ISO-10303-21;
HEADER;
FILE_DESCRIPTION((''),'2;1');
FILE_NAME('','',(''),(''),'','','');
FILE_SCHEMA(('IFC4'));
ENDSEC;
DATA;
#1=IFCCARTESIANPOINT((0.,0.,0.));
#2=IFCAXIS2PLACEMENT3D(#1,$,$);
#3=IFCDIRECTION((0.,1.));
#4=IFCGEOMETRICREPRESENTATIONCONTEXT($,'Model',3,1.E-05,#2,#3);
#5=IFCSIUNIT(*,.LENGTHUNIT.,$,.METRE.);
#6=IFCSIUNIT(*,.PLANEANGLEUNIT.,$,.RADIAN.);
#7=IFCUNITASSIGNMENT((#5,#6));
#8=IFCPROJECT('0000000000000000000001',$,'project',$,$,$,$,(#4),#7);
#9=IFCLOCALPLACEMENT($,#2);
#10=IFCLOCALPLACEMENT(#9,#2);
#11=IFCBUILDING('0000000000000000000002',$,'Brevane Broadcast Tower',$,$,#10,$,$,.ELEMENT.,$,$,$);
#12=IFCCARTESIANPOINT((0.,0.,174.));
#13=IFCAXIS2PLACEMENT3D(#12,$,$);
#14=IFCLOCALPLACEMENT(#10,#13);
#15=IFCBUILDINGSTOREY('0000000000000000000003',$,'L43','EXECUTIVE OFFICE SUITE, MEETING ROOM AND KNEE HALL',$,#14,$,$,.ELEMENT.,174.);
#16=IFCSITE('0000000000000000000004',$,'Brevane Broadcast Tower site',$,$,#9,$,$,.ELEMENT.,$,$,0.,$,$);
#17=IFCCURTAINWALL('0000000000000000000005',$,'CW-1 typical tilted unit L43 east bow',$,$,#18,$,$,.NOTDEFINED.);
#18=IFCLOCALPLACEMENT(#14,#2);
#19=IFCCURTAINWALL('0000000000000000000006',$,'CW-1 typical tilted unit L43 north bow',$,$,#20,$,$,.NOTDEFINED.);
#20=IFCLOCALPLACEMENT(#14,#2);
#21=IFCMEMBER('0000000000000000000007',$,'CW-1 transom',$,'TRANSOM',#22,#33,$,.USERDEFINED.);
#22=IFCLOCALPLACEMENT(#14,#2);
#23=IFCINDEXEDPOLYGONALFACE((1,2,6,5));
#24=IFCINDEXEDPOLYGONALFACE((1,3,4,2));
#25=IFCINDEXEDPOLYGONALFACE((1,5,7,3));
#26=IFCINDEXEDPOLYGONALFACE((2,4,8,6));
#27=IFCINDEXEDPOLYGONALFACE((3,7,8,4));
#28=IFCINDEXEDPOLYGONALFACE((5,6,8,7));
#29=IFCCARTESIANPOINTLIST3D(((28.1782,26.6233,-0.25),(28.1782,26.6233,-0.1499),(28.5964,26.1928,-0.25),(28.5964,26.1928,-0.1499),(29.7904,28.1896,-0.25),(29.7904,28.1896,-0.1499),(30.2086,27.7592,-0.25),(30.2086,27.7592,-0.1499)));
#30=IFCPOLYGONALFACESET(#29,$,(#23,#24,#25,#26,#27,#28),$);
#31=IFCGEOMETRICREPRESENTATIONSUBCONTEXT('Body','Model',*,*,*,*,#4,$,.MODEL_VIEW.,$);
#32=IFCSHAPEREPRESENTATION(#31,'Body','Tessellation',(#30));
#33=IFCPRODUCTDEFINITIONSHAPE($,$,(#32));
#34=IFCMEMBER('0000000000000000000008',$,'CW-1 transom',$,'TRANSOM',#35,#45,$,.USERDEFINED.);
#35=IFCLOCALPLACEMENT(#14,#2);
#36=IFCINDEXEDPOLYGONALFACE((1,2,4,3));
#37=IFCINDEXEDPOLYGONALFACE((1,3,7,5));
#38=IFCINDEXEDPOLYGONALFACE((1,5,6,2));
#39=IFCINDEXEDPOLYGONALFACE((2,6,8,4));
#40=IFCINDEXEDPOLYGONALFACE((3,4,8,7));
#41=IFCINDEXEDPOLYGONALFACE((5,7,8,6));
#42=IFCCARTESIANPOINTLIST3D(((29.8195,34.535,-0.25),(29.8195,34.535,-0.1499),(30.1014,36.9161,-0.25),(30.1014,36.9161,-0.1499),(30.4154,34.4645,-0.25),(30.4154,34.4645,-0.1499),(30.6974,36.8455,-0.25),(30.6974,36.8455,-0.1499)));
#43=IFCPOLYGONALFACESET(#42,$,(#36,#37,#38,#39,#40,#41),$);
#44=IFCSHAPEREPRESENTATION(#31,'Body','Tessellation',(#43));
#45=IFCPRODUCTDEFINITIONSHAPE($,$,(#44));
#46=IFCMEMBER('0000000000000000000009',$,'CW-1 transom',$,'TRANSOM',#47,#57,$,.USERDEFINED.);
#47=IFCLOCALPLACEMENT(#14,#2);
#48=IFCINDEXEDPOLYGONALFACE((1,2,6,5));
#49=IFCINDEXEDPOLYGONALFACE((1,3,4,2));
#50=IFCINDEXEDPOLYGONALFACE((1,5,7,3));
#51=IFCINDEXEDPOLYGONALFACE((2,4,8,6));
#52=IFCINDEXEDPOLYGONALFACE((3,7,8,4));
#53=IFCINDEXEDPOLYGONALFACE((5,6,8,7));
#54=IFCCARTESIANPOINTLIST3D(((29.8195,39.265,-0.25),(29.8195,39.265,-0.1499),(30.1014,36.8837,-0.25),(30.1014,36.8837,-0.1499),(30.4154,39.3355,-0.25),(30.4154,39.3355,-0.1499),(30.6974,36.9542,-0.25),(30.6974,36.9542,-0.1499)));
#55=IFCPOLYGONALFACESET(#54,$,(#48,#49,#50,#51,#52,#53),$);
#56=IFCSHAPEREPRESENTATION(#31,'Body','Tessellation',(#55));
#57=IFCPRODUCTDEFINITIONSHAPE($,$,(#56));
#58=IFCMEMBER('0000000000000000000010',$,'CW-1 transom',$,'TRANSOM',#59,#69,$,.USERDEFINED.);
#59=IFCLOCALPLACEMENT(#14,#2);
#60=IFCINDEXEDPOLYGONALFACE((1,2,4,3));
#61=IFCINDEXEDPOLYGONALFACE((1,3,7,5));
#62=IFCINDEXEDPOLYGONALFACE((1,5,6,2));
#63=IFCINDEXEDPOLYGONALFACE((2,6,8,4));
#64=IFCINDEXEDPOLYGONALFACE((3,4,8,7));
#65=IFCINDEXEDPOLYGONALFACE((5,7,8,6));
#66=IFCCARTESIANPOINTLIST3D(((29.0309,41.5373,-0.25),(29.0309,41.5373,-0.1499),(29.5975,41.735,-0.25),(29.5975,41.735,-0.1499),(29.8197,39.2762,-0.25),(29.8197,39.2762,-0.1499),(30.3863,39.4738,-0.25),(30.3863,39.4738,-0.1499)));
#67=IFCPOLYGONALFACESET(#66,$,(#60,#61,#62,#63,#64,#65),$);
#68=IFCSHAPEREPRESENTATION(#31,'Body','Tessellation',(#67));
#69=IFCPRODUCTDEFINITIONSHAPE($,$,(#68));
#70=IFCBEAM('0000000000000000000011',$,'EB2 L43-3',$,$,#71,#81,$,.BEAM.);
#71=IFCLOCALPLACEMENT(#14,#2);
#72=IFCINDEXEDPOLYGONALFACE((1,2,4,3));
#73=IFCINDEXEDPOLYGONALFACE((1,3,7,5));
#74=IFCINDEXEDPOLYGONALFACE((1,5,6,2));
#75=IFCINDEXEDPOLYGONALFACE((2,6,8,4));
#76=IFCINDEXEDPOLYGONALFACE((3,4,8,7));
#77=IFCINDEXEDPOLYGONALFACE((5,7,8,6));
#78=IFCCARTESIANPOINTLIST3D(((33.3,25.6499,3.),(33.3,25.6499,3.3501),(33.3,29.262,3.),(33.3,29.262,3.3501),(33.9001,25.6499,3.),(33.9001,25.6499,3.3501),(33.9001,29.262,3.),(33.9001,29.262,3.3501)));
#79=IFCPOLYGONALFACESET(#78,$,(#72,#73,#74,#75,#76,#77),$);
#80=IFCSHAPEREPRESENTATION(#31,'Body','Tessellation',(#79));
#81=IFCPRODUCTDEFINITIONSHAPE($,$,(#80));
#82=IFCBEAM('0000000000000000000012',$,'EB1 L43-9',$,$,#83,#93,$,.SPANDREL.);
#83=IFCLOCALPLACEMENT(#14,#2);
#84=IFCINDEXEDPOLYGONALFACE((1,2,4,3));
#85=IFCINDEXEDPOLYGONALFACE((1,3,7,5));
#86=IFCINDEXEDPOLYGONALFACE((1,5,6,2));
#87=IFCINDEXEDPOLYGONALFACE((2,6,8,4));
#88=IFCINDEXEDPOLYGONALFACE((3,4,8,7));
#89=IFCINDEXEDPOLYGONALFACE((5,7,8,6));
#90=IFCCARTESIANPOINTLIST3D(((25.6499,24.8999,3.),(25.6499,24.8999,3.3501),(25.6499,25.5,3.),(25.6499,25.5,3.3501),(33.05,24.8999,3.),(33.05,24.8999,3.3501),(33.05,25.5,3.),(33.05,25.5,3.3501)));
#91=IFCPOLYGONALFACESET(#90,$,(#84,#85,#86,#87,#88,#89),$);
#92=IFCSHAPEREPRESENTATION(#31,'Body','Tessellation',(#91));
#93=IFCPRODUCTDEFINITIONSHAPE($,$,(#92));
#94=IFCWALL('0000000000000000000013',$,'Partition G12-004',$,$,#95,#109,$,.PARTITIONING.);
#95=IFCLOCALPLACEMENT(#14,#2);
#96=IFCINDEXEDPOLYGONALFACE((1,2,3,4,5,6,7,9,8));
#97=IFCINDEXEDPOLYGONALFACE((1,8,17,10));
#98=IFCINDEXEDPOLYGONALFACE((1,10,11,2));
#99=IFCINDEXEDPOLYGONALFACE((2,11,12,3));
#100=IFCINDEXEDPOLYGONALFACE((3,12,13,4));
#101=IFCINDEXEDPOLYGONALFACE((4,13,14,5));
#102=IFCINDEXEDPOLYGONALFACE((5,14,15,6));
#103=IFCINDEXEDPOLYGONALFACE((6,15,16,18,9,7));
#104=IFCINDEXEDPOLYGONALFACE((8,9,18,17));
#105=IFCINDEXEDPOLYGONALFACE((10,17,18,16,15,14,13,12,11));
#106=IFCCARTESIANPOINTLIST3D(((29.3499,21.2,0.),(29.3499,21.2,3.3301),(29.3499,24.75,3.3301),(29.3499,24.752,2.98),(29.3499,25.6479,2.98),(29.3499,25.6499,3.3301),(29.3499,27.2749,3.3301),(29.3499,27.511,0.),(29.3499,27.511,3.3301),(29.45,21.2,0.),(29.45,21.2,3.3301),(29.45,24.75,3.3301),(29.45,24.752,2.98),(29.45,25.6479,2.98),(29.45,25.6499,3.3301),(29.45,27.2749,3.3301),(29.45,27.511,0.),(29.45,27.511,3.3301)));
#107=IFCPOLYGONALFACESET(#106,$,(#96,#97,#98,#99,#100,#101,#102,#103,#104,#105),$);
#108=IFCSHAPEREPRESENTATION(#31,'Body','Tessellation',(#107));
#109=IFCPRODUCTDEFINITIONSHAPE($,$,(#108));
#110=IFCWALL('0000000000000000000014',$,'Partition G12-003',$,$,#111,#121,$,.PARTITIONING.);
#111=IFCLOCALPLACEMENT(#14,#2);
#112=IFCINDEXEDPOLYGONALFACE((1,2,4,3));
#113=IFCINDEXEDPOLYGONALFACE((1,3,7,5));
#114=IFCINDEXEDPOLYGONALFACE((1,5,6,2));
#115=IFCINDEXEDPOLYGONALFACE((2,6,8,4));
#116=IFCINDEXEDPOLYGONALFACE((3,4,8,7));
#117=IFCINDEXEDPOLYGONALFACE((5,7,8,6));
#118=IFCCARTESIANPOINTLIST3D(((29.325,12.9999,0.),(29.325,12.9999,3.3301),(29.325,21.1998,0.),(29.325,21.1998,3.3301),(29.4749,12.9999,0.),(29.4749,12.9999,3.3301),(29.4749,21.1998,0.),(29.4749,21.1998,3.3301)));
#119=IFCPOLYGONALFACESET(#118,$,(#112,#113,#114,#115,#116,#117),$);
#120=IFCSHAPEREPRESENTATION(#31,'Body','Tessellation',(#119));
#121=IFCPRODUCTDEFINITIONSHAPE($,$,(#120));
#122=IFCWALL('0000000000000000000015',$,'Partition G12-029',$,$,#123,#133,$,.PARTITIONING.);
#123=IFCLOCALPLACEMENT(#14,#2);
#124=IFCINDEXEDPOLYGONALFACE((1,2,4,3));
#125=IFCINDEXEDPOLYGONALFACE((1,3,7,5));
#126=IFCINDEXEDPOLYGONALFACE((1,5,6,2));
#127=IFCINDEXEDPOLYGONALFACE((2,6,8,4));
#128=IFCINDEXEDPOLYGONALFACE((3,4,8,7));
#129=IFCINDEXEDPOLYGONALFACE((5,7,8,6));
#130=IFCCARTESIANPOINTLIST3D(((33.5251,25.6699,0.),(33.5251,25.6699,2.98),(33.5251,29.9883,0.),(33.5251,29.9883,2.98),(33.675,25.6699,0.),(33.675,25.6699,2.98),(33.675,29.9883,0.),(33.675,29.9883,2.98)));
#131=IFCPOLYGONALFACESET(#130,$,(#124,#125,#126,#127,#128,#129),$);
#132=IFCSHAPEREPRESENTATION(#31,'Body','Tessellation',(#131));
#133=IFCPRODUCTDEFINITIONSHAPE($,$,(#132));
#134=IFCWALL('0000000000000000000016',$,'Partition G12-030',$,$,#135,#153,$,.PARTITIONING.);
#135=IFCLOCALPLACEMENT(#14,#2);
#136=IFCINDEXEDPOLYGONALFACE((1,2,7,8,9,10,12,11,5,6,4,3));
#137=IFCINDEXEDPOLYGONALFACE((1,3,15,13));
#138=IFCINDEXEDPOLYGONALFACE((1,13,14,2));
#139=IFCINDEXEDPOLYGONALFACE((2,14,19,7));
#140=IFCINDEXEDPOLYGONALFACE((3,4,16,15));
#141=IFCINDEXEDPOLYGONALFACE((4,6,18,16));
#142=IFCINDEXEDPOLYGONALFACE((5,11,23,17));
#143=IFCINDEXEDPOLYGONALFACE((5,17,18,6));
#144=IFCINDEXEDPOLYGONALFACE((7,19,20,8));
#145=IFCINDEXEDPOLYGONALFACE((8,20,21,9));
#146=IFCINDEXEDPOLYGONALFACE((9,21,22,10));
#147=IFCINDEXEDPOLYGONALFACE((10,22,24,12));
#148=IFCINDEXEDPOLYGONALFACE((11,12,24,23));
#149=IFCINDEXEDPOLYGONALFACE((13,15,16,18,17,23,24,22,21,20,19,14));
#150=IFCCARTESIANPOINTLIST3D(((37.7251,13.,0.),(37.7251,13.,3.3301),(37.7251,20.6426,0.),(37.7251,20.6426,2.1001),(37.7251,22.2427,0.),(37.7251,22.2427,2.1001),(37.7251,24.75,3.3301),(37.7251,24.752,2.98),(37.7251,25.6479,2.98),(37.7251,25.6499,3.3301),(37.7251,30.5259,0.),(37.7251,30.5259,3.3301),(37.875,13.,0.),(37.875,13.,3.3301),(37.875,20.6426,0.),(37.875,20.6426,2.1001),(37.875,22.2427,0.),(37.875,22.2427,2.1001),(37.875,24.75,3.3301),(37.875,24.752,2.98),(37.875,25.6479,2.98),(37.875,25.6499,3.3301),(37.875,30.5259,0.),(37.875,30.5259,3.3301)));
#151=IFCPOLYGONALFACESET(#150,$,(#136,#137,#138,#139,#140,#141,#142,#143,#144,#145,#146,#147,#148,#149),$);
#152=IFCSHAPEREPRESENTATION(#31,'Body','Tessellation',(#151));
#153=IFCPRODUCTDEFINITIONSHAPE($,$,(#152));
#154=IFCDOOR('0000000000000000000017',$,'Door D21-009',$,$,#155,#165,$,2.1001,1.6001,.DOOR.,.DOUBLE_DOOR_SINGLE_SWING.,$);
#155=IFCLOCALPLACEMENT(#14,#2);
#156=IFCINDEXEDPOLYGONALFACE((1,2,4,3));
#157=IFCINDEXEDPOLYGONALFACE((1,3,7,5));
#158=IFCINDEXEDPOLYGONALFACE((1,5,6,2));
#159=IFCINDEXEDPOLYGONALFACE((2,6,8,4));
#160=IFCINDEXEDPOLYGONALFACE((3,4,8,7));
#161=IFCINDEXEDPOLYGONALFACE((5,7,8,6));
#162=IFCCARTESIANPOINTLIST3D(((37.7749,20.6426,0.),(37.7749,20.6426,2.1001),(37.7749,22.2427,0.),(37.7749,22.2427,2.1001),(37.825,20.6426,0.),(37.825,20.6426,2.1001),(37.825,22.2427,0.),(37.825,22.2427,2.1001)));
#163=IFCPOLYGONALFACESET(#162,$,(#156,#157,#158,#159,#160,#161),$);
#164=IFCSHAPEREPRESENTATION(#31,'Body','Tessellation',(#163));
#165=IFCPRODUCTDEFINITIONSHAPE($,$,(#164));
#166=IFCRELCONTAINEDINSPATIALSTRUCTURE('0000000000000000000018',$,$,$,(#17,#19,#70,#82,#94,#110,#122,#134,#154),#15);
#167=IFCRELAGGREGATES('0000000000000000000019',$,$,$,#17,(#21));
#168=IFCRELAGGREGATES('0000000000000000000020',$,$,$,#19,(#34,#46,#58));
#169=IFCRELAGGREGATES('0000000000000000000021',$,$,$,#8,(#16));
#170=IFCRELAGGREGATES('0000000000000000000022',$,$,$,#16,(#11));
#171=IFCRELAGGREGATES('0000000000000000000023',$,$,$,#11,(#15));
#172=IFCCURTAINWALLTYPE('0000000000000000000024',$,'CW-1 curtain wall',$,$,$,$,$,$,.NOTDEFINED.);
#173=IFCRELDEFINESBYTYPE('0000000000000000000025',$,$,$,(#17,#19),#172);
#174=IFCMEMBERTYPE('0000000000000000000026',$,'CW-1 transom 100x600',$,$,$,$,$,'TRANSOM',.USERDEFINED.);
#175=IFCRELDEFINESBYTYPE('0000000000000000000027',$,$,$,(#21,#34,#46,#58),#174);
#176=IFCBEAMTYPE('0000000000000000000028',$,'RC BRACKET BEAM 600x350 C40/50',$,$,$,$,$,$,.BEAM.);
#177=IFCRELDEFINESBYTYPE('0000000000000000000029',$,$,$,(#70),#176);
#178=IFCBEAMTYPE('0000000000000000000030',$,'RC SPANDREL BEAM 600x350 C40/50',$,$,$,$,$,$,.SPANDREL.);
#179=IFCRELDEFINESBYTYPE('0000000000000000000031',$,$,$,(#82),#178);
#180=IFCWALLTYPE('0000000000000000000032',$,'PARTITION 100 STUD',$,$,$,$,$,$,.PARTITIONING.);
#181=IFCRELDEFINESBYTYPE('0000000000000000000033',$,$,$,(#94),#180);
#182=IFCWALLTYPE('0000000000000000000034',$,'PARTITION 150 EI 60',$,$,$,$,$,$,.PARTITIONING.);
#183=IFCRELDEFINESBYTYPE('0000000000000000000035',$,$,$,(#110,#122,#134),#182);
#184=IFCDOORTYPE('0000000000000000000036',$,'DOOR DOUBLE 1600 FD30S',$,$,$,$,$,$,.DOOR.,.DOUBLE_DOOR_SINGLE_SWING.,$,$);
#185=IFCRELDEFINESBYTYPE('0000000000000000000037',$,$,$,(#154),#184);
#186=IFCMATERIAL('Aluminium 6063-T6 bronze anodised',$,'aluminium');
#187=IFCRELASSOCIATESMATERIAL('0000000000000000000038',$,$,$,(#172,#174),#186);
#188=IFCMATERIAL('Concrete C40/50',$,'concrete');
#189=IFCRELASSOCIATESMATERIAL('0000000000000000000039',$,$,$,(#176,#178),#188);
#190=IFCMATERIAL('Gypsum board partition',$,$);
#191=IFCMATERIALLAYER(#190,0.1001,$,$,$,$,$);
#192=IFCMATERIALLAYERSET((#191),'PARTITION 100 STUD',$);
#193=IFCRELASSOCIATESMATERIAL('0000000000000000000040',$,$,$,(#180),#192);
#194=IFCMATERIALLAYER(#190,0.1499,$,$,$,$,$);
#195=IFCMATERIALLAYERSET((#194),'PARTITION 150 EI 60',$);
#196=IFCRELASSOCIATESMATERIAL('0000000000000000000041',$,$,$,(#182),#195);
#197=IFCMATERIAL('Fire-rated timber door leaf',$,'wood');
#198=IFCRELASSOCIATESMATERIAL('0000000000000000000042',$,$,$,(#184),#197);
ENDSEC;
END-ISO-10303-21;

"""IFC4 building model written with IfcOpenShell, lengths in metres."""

from ifc_helpers import new_model, si_unit, direction, frame, frame_2d, origin, origin_2d, place, context, subcontext, project, spatial, polyline, rectangle, outline, extrude, material, layer, layer_set, material_profile, profile_set, type_object, element, fill, aggregate, save


model = new_model("IFC4")

# Units and contexts
model_context = context("Model", 3, precision=1e-05, world=origin(), true_north=direction((0.0, 1.0)))
body_context = subcontext(model_context, "Body", "Model", "MODEL_VIEW")
ifc_project = project(units=[si_unit("LENGTHUNIT", "METRE"), si_unit("PLANEANGLEUNIT", "RADIAN")], contexts=[model_context])

# Site, building, storey
site_placement = place(None, origin())
site = spatial("IfcSite", under=ifc_project, at=site_placement, Name="Brevane Broadcast Tower site", CompositionType="ELEMENT", RefElevation=0.0)
building_placement = place(site_placement, origin())
building = spatial("IfcBuilding", under=site, at=building_placement, Name="Brevane Broadcast Tower", CompositionType="ELEMENT")
storey_placement = place(building_placement, frame((0.0, 0.0, 174.0)))
storey = spatial("IfcBuildingStorey", under=building, at=storey_placement, Name="L43", Description="EXECUTIVE OFFICE SUITE, MEETING ROOM AND KNEE HALL", CompositionType="ELEMENT", Elevation=174.0)

# Curtain walls
ifc_material_1 = material(Name="Aluminium 6063-T6 bronze anodised", Category="aluminium")
curtain_wall_type = type_object("IfcCurtainWallType", Name="CW-1 curtain wall", PredefinedType="NOTDEFINED", material=ifc_material_1)
curtain_wall_1_placement = place(storey_placement, origin())
curtain_wall_1 = element("IfcCurtainWall", 1, at=curtain_wall_1_placement, inside=storey, type_object=curtain_wall_type, Name="CW-1 typical tilted unit L43 east bow", PredefinedType="NOTDEFINED")
curtain_wall_2_placement = place(storey_placement, origin())
curtain_wall_2 = element("IfcCurtainWall", 2, at=curtain_wall_2_placement, inside=storey, type_object=curtain_wall_type, Name="CW-1 typical tilted unit L43 north bow", PredefinedType="NOTDEFINED")

# Members
ifc_material_profile_1 = material_profile(ifc_material_1, rectangle(XDim=0.6001, YDim=0.1001, at=origin_2d()), Name="RECT 100x600")
ifc_profile_set_1 = profile_set([ifc_material_profile_1], Name="Aluminium 6063-T6 bronze anodised")
member_type_1 = type_object("IfcMemberType", Name="CW-1 transom 100x600", ElementType="TRANSOM", PredefinedType="USERDEFINED", material=ifc_profile_set_1)
member_1_placement = place(storey_placement, frame((29.9995, 27.9744, -0.2), z_axis=(-0.717242, -0.696824, 0.0), x_axis=(0.696824, -0.717242, 0.0)))
member_1 = element("IfcMember", 3, at=member_1_placement, type_object=member_type_1, Name="CW-1 transom", ObjectType="TRANSOM", PredefinedType="USERDEFINED", context=body_context, shape_type="SweptSolid", body=[
    extrude(rectangle(XDim=0.6001, YDim=0.1001, at=origin_2d()), origin(), (0.0, 0.0, 1.0), 2.2478),
])
aggregate(curtain_wall_1, [member_1])
member_2_placement = place(storey_placement, frame((30.1174, 34.4998, -0.2), z_axis=(0.117603, 0.993061, 0.0), x_axis=(-0.993061, 0.117603, 0.0)))
member_2 = element("IfcMember", 4, at=member_2_placement, type_object=member_type_1, Name="CW-1 transom", ObjectType="TRANSOM", PredefinedType="USERDEFINED", context=body_context, shape_type="SweptSolid", body=[
    extrude(rectangle(XDim=0.6001, YDim=0.1001, at=origin_2d()), origin(), (0.0, 0.0, 1.0), 2.3977),
])
member_3_placement = place(storey_placement, frame((30.3994, 36.9189, -0.2), z_axis=(-0.117591, 0.993062, 0.0), x_axis=(-0.993062, -0.117591, 0.0)))
member_3 = element("IfcMember", 5, at=member_3_placement, type_object=member_type_1, Name="CW-1 transom", ObjectType="TRANSOM", PredefinedType="USERDEFINED", context=body_context, shape_type="SweptSolid", body=[
    extrude(rectangle(XDim=0.6001, YDim=0.1001, at=origin_2d()), origin(), (0.0, 0.0, 1.0), 2.3979),
])
member_4_placement = place(storey_placement, frame((30.103, 39.375, -0.2), z_axis=(-0.329378, 0.944198, 0.0), x_axis=(-0.944198, -0.329378, 0.0)))
member_4 = element("IfcMember", 6, at=member_4_placement, type_object=member_type_1, Name="CW-1 transom", ObjectType="TRANSOM", PredefinedType="USERDEFINED", context=body_context, shape_type="SweptSolid", body=[
    extrude(rectangle(XDim=0.6001, YDim=0.1001, at=origin_2d()), origin(), (0.0, 0.0, 1.0), 2.3948),
])
aggregate(curtain_wall_2, [member_2, member_3, member_4])

# Beams
ifc_material_2 = material(Name="Concrete C40/50", Category="concrete")
ifc_material_profile_2 = material_profile(ifc_material_2, rectangle(XDim=0.6001, YDim=0.3501, at=origin_2d()), Name="RC 600x350")
ifc_profile_set_2 = profile_set([ifc_material_profile_2], Name="Concrete C40/50")
beam_type_1 = type_object("IfcBeamType", Name="RC BRACKET BEAM 600x350 C40/50", PredefinedType="BEAM", material=ifc_profile_set_2)
beam_1_placement = place(storey_placement, frame((33.6001, 25.6499, 3.175), z_axis=(0.0, 1.0, 0.0), x_axis=(-1.0, 0.0, 0.0)))
element("IfcBeam", 7, at=beam_1_placement, inside=storey, type_object=beam_type_1, Name="EB2 L43-3", PredefinedType="BEAM", context=body_context, shape_type="SweptSolid", body=[
    extrude(rectangle(XDim=0.6001, YDim=0.3501, at=origin_2d()), origin(), (0.0, 0.0, 1.0), 3.6121),
])
ifc_material_profile_3 = material_profile(ifc_material_2, rectangle(XDim=0.6001, YDim=0.3501, at=origin_2d()), Name="RC 600x350")
ifc_profile_set_3 = profile_set([ifc_material_profile_3], Name="Concrete C40/50")
beam_type_2 = type_object("IfcBeamType", Name="RC SPANDREL BEAM 600x350 C40/50", PredefinedType="SPANDREL", material=ifc_profile_set_3)
beam_2_placement = place(storey_placement, frame((33.05, 25.2, 3.175), z_axis=(-1.0, 0.0, 0.0), x_axis=(0.0, -1.0, 0.0)))
element("IfcBeam", 8, at=beam_2_placement, inside=storey, type_object=beam_type_2, Name="EB1 L43-9", PredefinedType="SPANDREL", context=body_context, shape_type="SweptSolid", body=[
    extrude(rectangle(XDim=0.6001, YDim=0.3501, at=origin_2d()), origin(), (0.0, 0.0, 1.0), 7.4001),
])

# Walls
ifc_material_3 = material(Name="Gypsum board partition")
ifc_layer_1 = layer(ifc_material_3, 0.1001)
ifc_layer_set_1 = layer_set([ifc_layer_1], Name="PARTITION 100 STUD")
wall_type_1 = type_object("IfcWallType", Name="PARTITION 100 STUD", PredefinedType="PARTITIONING", material=ifc_layer_set_1)
wall_1_placement = place(storey_placement, frame((29.3999, 27.511, 0.0), z_axis=(0.0, 0.0, 1.0), x_axis=(0.0, -1.0, 0.0)))
element("IfcWall", 9, at=wall_1_placement, inside=storey, type_object=wall_type_1, Name="Partition G12-004", PredefinedType="PARTITIONING", context=body_context, shape_type="SweptSolid", body=[
    extrude(outline(polyline([(0.0, 0.0), (6.311, 0.0), (6.311, 3.3301), (2.761, 3.3301), (2.759, 2.98), (1.863, 2.98), (1.8611, 3.3301), (0.2361, 3.3301), (0.0, 3.3301), (0.0, 0.0)])), frame((0.0, 0.05, 0.0), z_axis=(0.0, -1.0, 0.0), x_axis=(1.0, 0.0, 0.0)), (0.0, 0.0, 1.0), 0.1001),
])
ifc_layer_2 = layer(ifc_material_3, 0.1499)
ifc_layer_set_2 = layer_set([ifc_layer_2], Name="PARTITION 150 EI 60")
wall_type_2 = type_object("IfcWallType", Name="PARTITION 150 EI 60", PredefinedType="PARTITIONING", material=ifc_layer_set_2)
wall_2_placement = place(storey_placement, frame((29.3999, 21.2, 0.0), z_axis=(0.0, 0.0, 1.0), x_axis=(0.0, -1.0, 0.0)))
element("IfcWall", 10, at=wall_2_placement, inside=storey, type_object=wall_type_2, Name="Partition G12-003", PredefinedType="PARTITIONING", context=body_context, shape_type="SweptSolid", body=[
    extrude(rectangle(XDim=8.2, YDim=0.1499, at=frame_2d((4.1001, 0.0))), origin(), (0.0, 0.0, 1.0), 3.3301),
])
wall_3_placement = place(storey_placement, frame((33.6001, 25.6699, 0.0), z_axis=(0.0, 0.0, 1.0), x_axis=(0.0, 1.0, 0.0)))
element("IfcWall", 11, at=wall_3_placement, inside=storey, type_object=wall_type_2, Name="Partition G12-029", PredefinedType="PARTITIONING", context=body_context, shape_type="SweptSolid", body=[
    extrude(rectangle(XDim=4.3184, YDim=0.1499, at=frame_2d((2.1592, 0.0))), origin(), (0.0, 0.0, 1.0), 2.98),
])

# Wall, opening, door
wall_4_placement = place(storey_placement, frame((37.8, 30.5259, 0.0), z_axis=(0.0, 0.0, 1.0), x_axis=(0.0, -1.0, 0.0)))
wall_4 = element("IfcWall", 12, at=wall_4_placement, inside=storey, type_object=wall_type_2, Name="Partition G12-030", PredefinedType="PARTITIONING", context=body_context, shape_type="SweptSolid", body=[
    extrude(outline(polyline([(0.0, 0.0), (17.5259, 0.0), (17.5259, 3.3301), (5.7759, 3.3301), (5.7739, 2.98), (4.8779, 2.98), (4.876, 3.3301), (0.2832, 3.3301), (0.0, 3.3301), (0.0, 0.0)])), frame((0.0, 0.075, 0.0), z_axis=(0.0, -1.0, 0.0), x_axis=(1.0, 0.0, 0.0)), (0.0, 0.0, 1.0), 0.1499),
])
opening_placement = place(wall_4_placement, frame((8.2832, 0.0, 0.0)))
opening = element("IfcOpeningElement", 13, at=opening_placement, cuts=wall_4, PredefinedType="OPENING", context=body_context, shape_type="SweptSolid", body=[
    extrude(rectangle(XDim=1.6001, YDim=2.1001, at=frame_2d((0.8, 1.05))), frame((0.0, 0.085, 0.0), z_axis=(0.0, -1.0, 0.0), x_axis=(1.0, 0.0, 0.0)), (0.0, 0.0, 1.0), 0.1699),
])
ifc_material_4 = material(Name="Fire-rated timber door leaf", Category="wood")
door_type = type_object("IfcDoorType", Name="DOOR DOUBLE 1600 FD30S", OperationType="DOUBLE_DOOR_SINGLE_SWING", PredefinedType="DOOR", material=ifc_material_4)
door_placement = place(opening_placement, origin())
door = element("IfcDoor", 14, at=door_placement, inside=storey, type_object=door_type, Name="Door D21-009", OperationType="DOUBLE_DOOR_SINGLE_SWING", OverallHeight=2.1001, OverallWidth=1.6001, PredefinedType="DOOR", context=body_context, shape_type="SweptSolid", body=[
    extrude(rectangle(XDim=1.6001, YDim=2.1001, at=frame_2d((0.8, 1.05))), frame((0.0, 0.0249, 0.0), z_axis=(0.0, -1.0, 0.0), x_axis=(1.0, 0.0, 0.0)), (0.0, 0.0, 1.0), 0.05),
])
fill(opening, door)

save(model, "model.ifc")
